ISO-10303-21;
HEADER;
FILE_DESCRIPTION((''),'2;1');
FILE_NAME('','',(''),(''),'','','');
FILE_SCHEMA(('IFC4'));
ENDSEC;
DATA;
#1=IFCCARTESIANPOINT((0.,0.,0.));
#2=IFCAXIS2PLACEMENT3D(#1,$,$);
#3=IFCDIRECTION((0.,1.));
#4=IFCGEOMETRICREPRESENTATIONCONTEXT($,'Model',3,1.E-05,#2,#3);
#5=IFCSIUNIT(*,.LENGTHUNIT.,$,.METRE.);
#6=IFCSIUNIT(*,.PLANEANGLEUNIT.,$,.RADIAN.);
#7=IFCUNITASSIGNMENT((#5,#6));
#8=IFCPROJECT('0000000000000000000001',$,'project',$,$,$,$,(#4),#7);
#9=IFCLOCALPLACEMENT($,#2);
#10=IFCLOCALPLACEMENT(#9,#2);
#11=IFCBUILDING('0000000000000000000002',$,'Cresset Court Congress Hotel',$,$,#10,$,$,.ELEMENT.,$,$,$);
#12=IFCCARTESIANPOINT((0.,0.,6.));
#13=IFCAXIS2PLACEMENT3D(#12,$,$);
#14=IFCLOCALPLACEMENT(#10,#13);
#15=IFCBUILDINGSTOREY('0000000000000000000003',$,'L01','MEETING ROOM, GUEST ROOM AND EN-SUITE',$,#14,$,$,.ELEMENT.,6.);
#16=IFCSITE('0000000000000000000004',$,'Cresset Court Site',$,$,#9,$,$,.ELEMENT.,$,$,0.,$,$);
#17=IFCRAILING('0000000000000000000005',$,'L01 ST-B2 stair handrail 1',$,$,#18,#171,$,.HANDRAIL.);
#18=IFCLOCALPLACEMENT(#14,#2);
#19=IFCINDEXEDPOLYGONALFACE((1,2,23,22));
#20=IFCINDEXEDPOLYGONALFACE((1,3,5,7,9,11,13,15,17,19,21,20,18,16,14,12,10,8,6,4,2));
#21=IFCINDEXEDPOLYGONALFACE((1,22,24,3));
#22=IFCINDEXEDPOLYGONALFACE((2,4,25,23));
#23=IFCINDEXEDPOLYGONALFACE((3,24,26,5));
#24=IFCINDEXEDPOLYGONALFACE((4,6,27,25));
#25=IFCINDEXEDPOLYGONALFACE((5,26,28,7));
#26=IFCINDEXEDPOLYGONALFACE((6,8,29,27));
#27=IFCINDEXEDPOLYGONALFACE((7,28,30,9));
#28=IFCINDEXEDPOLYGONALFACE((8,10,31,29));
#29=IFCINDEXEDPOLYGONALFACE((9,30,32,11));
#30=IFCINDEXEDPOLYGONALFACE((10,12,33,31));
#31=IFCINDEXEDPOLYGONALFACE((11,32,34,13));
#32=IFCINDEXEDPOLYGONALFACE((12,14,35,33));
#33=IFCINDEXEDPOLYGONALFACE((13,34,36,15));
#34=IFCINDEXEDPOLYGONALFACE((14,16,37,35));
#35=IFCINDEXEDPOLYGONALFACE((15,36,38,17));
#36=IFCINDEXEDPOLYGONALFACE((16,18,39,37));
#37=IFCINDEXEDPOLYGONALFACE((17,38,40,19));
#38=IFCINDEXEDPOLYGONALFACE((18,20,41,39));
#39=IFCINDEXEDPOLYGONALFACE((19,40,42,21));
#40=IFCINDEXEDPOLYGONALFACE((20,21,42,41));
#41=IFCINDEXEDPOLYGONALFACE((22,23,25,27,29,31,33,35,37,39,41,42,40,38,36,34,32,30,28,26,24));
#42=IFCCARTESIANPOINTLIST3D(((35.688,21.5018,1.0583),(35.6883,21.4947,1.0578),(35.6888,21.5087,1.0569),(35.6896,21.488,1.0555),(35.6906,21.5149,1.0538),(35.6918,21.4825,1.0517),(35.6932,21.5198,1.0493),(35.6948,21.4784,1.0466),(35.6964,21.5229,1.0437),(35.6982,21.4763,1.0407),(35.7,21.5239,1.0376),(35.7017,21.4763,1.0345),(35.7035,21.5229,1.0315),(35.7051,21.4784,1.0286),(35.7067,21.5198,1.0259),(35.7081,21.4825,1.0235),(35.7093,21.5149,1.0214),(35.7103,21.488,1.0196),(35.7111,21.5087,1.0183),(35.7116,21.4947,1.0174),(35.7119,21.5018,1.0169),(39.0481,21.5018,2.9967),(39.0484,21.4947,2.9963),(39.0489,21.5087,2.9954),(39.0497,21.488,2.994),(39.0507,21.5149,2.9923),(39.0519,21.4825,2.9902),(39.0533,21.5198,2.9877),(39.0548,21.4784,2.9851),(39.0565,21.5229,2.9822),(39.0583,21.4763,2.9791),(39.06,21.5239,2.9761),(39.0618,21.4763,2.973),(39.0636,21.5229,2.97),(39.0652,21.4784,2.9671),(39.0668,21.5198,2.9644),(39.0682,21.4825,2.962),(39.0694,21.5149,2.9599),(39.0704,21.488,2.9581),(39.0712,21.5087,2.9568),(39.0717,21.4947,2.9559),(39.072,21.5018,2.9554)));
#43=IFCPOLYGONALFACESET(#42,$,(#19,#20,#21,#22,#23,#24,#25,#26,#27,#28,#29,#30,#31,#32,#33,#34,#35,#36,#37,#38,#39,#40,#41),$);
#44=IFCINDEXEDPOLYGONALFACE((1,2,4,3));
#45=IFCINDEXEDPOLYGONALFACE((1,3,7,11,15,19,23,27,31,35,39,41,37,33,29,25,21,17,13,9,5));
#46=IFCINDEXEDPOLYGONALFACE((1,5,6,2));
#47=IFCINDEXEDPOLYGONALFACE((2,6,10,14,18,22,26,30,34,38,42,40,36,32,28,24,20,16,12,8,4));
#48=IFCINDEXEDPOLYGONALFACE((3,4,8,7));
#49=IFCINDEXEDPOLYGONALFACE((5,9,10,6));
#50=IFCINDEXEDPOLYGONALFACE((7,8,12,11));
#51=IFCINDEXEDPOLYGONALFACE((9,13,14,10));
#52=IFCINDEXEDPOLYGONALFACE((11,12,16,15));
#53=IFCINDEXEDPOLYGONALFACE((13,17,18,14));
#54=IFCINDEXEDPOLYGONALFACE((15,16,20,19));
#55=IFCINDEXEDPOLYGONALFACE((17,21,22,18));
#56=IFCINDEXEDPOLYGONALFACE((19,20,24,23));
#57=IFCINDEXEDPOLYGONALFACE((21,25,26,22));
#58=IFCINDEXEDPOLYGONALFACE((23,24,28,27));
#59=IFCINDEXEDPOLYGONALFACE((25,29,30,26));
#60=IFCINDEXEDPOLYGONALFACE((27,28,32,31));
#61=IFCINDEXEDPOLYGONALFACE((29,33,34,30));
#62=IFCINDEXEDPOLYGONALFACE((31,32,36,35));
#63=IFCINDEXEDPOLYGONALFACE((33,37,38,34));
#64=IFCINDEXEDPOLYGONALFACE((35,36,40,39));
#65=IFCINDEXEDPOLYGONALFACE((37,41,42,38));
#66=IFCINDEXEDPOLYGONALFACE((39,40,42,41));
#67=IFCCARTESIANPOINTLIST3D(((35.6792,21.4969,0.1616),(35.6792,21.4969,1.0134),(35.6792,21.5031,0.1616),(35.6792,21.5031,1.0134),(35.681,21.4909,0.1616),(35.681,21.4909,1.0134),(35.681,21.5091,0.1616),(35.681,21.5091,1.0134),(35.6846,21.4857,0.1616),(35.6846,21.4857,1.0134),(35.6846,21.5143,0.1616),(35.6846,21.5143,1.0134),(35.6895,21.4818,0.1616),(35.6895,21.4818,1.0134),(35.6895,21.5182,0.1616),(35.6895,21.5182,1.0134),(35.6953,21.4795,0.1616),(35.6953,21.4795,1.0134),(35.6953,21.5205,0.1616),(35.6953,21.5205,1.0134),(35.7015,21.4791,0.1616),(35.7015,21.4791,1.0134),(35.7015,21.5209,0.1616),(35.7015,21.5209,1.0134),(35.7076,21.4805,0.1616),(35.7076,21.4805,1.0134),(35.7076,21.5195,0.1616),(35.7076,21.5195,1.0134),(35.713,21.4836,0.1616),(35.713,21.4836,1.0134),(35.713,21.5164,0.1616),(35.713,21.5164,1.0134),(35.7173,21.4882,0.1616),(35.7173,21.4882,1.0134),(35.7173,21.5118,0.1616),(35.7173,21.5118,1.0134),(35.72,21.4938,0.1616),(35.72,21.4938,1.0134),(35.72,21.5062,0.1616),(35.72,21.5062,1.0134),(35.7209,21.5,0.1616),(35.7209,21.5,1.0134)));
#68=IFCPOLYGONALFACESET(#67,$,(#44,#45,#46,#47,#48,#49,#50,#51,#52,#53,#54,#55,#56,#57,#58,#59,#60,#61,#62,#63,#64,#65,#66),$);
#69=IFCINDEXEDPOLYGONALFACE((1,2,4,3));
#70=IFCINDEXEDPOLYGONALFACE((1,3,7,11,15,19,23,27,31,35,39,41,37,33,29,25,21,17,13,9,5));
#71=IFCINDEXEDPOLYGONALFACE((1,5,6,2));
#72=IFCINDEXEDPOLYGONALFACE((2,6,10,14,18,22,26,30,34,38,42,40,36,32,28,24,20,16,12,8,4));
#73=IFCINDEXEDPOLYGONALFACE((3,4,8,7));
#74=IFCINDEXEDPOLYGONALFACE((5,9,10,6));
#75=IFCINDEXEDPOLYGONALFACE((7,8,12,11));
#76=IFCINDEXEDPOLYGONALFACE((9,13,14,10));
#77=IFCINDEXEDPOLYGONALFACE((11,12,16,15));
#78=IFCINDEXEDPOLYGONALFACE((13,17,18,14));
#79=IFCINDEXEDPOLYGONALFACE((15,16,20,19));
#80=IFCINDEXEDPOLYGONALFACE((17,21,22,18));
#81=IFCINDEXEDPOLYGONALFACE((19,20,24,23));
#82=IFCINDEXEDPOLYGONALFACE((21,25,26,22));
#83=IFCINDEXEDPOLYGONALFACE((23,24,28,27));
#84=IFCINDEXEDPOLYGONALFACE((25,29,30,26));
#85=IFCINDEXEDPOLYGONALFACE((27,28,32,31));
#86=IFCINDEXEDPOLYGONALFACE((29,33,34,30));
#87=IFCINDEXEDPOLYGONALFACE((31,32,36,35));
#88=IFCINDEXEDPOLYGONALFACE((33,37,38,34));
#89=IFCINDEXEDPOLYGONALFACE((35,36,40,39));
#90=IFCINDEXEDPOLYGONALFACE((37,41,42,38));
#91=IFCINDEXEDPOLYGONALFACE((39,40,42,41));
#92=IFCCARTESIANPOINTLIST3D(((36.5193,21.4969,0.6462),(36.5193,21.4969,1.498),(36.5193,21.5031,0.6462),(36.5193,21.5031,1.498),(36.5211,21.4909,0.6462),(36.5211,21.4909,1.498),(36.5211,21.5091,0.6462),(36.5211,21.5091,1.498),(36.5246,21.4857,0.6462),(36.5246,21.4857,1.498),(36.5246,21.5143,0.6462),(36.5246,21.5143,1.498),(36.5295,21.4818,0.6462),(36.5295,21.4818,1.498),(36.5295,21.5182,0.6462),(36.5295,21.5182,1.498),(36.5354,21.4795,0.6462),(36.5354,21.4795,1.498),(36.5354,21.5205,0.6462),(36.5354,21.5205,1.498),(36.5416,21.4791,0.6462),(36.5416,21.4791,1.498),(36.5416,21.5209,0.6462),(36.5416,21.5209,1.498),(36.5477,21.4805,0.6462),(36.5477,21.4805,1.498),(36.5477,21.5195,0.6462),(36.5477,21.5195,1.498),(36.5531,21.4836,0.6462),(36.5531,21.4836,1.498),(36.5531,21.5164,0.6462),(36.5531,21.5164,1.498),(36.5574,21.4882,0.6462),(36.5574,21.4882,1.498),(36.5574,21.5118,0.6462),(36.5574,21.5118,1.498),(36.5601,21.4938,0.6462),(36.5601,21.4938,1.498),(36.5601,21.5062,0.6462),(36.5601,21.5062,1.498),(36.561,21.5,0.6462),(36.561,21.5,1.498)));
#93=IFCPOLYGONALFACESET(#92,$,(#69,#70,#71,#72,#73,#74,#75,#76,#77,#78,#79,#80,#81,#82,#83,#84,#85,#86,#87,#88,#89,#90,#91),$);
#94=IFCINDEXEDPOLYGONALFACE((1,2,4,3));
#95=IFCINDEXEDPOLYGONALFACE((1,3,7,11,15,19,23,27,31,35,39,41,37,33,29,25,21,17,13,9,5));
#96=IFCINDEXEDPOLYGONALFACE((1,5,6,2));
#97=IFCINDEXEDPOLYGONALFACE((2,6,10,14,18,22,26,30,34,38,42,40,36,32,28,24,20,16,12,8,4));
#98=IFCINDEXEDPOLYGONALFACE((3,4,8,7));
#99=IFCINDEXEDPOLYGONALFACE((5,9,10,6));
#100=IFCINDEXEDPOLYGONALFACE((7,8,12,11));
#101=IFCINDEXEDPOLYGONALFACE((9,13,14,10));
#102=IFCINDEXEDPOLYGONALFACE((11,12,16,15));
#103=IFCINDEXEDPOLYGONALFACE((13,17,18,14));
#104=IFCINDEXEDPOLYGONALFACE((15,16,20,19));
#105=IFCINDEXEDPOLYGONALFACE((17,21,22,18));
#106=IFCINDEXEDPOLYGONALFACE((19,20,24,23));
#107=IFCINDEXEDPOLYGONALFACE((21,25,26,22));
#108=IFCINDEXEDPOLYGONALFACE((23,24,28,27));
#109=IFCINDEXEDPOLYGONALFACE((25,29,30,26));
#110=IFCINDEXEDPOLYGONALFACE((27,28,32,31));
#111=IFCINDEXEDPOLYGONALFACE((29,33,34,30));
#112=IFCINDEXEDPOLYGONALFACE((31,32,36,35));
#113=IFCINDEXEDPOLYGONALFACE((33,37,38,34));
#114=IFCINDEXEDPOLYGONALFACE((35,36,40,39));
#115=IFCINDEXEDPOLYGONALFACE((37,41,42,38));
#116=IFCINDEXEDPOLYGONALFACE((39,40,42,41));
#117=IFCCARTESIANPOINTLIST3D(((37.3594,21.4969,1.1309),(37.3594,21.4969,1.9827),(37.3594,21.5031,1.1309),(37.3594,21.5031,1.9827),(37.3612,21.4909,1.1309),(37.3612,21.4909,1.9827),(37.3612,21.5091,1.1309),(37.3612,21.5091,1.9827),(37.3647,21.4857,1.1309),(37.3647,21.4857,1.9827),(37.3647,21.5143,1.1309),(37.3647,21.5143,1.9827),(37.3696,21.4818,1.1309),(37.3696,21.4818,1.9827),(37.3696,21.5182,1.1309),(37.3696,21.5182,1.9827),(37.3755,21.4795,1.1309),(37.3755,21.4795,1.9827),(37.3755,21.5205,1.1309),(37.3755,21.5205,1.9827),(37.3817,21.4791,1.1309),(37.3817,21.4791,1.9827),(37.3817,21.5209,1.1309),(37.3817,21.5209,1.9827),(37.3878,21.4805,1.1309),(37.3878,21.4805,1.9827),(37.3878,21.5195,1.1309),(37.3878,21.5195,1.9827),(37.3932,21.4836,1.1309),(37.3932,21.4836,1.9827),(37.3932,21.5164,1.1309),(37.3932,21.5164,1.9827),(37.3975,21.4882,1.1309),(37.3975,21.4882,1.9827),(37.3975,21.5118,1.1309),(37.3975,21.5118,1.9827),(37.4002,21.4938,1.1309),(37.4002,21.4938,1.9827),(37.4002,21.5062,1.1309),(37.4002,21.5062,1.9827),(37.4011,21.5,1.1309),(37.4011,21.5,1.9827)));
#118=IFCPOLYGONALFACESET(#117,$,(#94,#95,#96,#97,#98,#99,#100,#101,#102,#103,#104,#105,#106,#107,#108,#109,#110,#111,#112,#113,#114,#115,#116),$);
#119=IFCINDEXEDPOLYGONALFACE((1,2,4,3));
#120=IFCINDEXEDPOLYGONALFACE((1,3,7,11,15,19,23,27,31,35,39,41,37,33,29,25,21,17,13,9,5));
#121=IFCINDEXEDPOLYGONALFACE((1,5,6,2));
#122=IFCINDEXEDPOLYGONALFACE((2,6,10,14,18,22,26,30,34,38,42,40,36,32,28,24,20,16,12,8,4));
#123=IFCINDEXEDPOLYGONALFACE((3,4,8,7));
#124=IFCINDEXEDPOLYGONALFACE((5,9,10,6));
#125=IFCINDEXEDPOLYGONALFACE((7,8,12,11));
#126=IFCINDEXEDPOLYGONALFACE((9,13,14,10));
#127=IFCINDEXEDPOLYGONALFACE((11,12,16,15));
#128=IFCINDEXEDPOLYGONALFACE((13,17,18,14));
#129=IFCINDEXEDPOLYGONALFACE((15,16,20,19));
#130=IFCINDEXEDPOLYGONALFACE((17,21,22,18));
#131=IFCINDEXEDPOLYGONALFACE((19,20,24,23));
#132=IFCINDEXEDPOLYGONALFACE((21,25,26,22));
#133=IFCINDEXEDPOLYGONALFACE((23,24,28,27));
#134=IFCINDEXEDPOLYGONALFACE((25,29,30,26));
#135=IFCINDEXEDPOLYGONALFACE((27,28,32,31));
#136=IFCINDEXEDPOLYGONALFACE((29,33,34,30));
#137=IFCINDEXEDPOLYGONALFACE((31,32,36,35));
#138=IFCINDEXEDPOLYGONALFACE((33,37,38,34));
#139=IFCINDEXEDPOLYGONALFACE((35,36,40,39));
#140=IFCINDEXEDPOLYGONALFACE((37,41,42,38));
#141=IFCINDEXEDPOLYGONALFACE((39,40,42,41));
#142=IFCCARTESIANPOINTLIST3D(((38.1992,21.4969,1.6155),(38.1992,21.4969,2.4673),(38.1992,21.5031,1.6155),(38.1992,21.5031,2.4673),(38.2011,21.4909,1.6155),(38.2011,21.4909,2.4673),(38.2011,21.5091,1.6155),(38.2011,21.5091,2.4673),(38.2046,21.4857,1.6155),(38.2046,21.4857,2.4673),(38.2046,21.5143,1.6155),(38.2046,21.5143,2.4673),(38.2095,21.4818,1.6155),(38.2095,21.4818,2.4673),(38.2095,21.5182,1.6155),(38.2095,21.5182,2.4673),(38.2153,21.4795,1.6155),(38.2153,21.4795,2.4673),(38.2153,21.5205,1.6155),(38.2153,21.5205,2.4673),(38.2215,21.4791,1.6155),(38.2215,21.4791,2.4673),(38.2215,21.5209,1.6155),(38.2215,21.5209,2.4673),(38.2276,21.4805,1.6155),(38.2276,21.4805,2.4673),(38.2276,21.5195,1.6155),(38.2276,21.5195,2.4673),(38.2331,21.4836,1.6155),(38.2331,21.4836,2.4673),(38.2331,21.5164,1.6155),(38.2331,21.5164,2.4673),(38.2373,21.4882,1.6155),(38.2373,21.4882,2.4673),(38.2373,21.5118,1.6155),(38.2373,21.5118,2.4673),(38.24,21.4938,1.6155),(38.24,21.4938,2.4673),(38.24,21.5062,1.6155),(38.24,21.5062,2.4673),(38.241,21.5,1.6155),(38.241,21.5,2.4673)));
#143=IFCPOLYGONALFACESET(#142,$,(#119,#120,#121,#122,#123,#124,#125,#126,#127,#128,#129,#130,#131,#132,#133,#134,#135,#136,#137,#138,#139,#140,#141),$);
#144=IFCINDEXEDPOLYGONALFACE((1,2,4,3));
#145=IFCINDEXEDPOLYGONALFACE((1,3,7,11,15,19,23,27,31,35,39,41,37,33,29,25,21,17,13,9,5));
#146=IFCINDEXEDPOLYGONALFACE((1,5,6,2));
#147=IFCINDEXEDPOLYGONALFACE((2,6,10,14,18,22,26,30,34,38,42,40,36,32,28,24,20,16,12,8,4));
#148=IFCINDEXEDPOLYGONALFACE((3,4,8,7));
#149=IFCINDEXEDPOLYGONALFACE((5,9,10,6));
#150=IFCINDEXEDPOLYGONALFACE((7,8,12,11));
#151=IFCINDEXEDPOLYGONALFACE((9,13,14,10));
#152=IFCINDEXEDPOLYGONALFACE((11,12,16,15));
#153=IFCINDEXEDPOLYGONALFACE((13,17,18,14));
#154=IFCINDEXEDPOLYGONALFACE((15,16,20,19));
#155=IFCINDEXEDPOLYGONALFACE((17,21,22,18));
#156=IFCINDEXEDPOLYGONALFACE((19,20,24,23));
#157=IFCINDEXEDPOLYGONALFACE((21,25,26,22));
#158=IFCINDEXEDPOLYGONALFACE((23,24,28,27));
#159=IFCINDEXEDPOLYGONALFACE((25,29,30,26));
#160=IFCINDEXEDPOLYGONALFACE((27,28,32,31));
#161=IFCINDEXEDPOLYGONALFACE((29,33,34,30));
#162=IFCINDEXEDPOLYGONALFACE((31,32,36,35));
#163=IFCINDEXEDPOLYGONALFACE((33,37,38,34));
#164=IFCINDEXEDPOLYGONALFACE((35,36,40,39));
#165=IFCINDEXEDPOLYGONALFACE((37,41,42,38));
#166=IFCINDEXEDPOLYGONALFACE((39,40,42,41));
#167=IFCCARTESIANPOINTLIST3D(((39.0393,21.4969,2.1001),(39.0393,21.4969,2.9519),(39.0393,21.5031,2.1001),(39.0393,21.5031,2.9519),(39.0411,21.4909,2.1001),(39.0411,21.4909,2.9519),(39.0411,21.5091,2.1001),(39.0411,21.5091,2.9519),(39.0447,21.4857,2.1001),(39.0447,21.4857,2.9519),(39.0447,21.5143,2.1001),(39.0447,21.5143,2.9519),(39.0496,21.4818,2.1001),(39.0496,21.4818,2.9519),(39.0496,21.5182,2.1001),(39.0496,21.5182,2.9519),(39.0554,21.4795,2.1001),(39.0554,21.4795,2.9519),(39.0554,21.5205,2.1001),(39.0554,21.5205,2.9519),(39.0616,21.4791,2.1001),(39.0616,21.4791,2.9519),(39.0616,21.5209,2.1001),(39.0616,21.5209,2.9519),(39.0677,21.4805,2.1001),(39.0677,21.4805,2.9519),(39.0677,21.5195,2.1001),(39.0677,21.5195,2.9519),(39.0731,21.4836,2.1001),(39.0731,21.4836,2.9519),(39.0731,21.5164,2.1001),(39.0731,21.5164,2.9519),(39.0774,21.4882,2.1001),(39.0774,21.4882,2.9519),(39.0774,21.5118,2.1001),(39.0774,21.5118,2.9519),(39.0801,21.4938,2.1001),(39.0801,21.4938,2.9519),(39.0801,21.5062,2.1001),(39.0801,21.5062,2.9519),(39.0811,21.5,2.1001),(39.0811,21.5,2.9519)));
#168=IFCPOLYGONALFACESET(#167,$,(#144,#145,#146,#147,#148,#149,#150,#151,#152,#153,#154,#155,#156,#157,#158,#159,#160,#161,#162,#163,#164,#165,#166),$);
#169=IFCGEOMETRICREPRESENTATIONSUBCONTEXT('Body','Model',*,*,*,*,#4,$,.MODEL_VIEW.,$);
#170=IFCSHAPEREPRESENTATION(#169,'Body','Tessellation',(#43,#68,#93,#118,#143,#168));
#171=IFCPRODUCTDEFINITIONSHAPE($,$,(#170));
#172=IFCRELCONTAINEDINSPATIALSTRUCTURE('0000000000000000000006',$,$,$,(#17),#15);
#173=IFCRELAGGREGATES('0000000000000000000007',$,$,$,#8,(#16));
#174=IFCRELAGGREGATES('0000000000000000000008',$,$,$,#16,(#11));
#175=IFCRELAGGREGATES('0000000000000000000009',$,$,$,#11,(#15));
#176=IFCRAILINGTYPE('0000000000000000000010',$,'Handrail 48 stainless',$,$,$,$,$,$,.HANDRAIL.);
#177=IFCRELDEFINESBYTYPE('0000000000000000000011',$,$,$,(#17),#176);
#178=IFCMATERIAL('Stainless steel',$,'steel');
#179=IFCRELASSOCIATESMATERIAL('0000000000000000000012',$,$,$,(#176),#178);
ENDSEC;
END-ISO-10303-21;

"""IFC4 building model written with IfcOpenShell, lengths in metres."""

from ifc_helpers import new_model, si_unit, direction, frame, origin, origin_2d, place, context, subcontext, project, spatial, circle, extrude, material, type_object, element, save


model = new_model("IFC4")

# Units and contexts
model_context = context("Model", 3, precision=1e-05, world=origin(), true_north=direction((0.0, 1.0)))
body_context = subcontext(model_context, "Body", "Model", "MODEL_VIEW")
ifc_project = project(units=[si_unit("LENGTHUNIT", "METRE"), si_unit("PLANEANGLEUNIT", "RADIAN")], contexts=[model_context])

# Site, building, storey
site_placement = place(None, origin())
site = spatial("IfcSite", under=ifc_project, at=site_placement, Name="Cresset Court Site", CompositionType="ELEMENT", RefElevation=0.0)
building_placement = place(site_placement, origin())
building = spatial("IfcBuilding", under=site, at=building_placement, Name="Cresset Court Congress Hotel", CompositionType="ELEMENT")
storey_placement = place(building_placement, frame((0.0, 0.0, 6.0)))
storey = spatial("IfcBuildingStorey", under=building, at=storey_placement, Name="L01", Description="MEETING ROOM, GUEST ROOM AND EN-SUITE", CompositionType="ELEMENT", Elevation=6.0)

# Railing
ifc_material_1 = material(Name="Stainless steel", Category="steel")
railing_type_1 = type_object("IfcRailingType", Name="Handrail 48 stainless", PredefinedType="HANDRAIL", material=ifc_material_1)
railing_1_placement = place(storey_placement, frame((35.7, 21.5, 0.1616)))
element("IfcRailing", 1, at=railing_1_placement, inside=storey, type_object=railing_type_1, Name="L01 ST-B2 stair handrail 1", PredefinedType="HANDRAIL", context=body_context, shape_type="SweptSolid", body=[
    extrude(circle(Radius=0.0239, at=origin_2d()), frame((0.0, 0.0, 0.876), z_axis=(0.866191, 0.0, 0.499713), x_axis=(0.0, 1.0, 0.0)), (0.0, 0.0, 1.0), 3.8792),
    extrude(circle(Radius=0.021, at=origin_2d()), origin(), (0.0, 0.0, 1.0), 0.8518),
    extrude(circle(Radius=0.021, at=origin_2d()), frame((0.8401, 0.0, 0.4846)), (0.0, 0.0, 1.0), 0.8518),
    extrude(circle(Radius=0.021, at=origin_2d()), frame((1.6802, 0.0, 0.9692)), (0.0, 0.0, 1.0), 0.8518),
    extrude(circle(Radius=0.021, at=origin_2d()), frame((2.52, 0.0, 1.4539)), (0.0, 0.0, 1.0), 0.8518),
    extrude(circle(Radius=0.021, at=origin_2d()), frame((3.3601, 0.0, 1.9385)), (0.0, 0.0, 1.0), 0.8518),
])

save(model, "model.ifc")
